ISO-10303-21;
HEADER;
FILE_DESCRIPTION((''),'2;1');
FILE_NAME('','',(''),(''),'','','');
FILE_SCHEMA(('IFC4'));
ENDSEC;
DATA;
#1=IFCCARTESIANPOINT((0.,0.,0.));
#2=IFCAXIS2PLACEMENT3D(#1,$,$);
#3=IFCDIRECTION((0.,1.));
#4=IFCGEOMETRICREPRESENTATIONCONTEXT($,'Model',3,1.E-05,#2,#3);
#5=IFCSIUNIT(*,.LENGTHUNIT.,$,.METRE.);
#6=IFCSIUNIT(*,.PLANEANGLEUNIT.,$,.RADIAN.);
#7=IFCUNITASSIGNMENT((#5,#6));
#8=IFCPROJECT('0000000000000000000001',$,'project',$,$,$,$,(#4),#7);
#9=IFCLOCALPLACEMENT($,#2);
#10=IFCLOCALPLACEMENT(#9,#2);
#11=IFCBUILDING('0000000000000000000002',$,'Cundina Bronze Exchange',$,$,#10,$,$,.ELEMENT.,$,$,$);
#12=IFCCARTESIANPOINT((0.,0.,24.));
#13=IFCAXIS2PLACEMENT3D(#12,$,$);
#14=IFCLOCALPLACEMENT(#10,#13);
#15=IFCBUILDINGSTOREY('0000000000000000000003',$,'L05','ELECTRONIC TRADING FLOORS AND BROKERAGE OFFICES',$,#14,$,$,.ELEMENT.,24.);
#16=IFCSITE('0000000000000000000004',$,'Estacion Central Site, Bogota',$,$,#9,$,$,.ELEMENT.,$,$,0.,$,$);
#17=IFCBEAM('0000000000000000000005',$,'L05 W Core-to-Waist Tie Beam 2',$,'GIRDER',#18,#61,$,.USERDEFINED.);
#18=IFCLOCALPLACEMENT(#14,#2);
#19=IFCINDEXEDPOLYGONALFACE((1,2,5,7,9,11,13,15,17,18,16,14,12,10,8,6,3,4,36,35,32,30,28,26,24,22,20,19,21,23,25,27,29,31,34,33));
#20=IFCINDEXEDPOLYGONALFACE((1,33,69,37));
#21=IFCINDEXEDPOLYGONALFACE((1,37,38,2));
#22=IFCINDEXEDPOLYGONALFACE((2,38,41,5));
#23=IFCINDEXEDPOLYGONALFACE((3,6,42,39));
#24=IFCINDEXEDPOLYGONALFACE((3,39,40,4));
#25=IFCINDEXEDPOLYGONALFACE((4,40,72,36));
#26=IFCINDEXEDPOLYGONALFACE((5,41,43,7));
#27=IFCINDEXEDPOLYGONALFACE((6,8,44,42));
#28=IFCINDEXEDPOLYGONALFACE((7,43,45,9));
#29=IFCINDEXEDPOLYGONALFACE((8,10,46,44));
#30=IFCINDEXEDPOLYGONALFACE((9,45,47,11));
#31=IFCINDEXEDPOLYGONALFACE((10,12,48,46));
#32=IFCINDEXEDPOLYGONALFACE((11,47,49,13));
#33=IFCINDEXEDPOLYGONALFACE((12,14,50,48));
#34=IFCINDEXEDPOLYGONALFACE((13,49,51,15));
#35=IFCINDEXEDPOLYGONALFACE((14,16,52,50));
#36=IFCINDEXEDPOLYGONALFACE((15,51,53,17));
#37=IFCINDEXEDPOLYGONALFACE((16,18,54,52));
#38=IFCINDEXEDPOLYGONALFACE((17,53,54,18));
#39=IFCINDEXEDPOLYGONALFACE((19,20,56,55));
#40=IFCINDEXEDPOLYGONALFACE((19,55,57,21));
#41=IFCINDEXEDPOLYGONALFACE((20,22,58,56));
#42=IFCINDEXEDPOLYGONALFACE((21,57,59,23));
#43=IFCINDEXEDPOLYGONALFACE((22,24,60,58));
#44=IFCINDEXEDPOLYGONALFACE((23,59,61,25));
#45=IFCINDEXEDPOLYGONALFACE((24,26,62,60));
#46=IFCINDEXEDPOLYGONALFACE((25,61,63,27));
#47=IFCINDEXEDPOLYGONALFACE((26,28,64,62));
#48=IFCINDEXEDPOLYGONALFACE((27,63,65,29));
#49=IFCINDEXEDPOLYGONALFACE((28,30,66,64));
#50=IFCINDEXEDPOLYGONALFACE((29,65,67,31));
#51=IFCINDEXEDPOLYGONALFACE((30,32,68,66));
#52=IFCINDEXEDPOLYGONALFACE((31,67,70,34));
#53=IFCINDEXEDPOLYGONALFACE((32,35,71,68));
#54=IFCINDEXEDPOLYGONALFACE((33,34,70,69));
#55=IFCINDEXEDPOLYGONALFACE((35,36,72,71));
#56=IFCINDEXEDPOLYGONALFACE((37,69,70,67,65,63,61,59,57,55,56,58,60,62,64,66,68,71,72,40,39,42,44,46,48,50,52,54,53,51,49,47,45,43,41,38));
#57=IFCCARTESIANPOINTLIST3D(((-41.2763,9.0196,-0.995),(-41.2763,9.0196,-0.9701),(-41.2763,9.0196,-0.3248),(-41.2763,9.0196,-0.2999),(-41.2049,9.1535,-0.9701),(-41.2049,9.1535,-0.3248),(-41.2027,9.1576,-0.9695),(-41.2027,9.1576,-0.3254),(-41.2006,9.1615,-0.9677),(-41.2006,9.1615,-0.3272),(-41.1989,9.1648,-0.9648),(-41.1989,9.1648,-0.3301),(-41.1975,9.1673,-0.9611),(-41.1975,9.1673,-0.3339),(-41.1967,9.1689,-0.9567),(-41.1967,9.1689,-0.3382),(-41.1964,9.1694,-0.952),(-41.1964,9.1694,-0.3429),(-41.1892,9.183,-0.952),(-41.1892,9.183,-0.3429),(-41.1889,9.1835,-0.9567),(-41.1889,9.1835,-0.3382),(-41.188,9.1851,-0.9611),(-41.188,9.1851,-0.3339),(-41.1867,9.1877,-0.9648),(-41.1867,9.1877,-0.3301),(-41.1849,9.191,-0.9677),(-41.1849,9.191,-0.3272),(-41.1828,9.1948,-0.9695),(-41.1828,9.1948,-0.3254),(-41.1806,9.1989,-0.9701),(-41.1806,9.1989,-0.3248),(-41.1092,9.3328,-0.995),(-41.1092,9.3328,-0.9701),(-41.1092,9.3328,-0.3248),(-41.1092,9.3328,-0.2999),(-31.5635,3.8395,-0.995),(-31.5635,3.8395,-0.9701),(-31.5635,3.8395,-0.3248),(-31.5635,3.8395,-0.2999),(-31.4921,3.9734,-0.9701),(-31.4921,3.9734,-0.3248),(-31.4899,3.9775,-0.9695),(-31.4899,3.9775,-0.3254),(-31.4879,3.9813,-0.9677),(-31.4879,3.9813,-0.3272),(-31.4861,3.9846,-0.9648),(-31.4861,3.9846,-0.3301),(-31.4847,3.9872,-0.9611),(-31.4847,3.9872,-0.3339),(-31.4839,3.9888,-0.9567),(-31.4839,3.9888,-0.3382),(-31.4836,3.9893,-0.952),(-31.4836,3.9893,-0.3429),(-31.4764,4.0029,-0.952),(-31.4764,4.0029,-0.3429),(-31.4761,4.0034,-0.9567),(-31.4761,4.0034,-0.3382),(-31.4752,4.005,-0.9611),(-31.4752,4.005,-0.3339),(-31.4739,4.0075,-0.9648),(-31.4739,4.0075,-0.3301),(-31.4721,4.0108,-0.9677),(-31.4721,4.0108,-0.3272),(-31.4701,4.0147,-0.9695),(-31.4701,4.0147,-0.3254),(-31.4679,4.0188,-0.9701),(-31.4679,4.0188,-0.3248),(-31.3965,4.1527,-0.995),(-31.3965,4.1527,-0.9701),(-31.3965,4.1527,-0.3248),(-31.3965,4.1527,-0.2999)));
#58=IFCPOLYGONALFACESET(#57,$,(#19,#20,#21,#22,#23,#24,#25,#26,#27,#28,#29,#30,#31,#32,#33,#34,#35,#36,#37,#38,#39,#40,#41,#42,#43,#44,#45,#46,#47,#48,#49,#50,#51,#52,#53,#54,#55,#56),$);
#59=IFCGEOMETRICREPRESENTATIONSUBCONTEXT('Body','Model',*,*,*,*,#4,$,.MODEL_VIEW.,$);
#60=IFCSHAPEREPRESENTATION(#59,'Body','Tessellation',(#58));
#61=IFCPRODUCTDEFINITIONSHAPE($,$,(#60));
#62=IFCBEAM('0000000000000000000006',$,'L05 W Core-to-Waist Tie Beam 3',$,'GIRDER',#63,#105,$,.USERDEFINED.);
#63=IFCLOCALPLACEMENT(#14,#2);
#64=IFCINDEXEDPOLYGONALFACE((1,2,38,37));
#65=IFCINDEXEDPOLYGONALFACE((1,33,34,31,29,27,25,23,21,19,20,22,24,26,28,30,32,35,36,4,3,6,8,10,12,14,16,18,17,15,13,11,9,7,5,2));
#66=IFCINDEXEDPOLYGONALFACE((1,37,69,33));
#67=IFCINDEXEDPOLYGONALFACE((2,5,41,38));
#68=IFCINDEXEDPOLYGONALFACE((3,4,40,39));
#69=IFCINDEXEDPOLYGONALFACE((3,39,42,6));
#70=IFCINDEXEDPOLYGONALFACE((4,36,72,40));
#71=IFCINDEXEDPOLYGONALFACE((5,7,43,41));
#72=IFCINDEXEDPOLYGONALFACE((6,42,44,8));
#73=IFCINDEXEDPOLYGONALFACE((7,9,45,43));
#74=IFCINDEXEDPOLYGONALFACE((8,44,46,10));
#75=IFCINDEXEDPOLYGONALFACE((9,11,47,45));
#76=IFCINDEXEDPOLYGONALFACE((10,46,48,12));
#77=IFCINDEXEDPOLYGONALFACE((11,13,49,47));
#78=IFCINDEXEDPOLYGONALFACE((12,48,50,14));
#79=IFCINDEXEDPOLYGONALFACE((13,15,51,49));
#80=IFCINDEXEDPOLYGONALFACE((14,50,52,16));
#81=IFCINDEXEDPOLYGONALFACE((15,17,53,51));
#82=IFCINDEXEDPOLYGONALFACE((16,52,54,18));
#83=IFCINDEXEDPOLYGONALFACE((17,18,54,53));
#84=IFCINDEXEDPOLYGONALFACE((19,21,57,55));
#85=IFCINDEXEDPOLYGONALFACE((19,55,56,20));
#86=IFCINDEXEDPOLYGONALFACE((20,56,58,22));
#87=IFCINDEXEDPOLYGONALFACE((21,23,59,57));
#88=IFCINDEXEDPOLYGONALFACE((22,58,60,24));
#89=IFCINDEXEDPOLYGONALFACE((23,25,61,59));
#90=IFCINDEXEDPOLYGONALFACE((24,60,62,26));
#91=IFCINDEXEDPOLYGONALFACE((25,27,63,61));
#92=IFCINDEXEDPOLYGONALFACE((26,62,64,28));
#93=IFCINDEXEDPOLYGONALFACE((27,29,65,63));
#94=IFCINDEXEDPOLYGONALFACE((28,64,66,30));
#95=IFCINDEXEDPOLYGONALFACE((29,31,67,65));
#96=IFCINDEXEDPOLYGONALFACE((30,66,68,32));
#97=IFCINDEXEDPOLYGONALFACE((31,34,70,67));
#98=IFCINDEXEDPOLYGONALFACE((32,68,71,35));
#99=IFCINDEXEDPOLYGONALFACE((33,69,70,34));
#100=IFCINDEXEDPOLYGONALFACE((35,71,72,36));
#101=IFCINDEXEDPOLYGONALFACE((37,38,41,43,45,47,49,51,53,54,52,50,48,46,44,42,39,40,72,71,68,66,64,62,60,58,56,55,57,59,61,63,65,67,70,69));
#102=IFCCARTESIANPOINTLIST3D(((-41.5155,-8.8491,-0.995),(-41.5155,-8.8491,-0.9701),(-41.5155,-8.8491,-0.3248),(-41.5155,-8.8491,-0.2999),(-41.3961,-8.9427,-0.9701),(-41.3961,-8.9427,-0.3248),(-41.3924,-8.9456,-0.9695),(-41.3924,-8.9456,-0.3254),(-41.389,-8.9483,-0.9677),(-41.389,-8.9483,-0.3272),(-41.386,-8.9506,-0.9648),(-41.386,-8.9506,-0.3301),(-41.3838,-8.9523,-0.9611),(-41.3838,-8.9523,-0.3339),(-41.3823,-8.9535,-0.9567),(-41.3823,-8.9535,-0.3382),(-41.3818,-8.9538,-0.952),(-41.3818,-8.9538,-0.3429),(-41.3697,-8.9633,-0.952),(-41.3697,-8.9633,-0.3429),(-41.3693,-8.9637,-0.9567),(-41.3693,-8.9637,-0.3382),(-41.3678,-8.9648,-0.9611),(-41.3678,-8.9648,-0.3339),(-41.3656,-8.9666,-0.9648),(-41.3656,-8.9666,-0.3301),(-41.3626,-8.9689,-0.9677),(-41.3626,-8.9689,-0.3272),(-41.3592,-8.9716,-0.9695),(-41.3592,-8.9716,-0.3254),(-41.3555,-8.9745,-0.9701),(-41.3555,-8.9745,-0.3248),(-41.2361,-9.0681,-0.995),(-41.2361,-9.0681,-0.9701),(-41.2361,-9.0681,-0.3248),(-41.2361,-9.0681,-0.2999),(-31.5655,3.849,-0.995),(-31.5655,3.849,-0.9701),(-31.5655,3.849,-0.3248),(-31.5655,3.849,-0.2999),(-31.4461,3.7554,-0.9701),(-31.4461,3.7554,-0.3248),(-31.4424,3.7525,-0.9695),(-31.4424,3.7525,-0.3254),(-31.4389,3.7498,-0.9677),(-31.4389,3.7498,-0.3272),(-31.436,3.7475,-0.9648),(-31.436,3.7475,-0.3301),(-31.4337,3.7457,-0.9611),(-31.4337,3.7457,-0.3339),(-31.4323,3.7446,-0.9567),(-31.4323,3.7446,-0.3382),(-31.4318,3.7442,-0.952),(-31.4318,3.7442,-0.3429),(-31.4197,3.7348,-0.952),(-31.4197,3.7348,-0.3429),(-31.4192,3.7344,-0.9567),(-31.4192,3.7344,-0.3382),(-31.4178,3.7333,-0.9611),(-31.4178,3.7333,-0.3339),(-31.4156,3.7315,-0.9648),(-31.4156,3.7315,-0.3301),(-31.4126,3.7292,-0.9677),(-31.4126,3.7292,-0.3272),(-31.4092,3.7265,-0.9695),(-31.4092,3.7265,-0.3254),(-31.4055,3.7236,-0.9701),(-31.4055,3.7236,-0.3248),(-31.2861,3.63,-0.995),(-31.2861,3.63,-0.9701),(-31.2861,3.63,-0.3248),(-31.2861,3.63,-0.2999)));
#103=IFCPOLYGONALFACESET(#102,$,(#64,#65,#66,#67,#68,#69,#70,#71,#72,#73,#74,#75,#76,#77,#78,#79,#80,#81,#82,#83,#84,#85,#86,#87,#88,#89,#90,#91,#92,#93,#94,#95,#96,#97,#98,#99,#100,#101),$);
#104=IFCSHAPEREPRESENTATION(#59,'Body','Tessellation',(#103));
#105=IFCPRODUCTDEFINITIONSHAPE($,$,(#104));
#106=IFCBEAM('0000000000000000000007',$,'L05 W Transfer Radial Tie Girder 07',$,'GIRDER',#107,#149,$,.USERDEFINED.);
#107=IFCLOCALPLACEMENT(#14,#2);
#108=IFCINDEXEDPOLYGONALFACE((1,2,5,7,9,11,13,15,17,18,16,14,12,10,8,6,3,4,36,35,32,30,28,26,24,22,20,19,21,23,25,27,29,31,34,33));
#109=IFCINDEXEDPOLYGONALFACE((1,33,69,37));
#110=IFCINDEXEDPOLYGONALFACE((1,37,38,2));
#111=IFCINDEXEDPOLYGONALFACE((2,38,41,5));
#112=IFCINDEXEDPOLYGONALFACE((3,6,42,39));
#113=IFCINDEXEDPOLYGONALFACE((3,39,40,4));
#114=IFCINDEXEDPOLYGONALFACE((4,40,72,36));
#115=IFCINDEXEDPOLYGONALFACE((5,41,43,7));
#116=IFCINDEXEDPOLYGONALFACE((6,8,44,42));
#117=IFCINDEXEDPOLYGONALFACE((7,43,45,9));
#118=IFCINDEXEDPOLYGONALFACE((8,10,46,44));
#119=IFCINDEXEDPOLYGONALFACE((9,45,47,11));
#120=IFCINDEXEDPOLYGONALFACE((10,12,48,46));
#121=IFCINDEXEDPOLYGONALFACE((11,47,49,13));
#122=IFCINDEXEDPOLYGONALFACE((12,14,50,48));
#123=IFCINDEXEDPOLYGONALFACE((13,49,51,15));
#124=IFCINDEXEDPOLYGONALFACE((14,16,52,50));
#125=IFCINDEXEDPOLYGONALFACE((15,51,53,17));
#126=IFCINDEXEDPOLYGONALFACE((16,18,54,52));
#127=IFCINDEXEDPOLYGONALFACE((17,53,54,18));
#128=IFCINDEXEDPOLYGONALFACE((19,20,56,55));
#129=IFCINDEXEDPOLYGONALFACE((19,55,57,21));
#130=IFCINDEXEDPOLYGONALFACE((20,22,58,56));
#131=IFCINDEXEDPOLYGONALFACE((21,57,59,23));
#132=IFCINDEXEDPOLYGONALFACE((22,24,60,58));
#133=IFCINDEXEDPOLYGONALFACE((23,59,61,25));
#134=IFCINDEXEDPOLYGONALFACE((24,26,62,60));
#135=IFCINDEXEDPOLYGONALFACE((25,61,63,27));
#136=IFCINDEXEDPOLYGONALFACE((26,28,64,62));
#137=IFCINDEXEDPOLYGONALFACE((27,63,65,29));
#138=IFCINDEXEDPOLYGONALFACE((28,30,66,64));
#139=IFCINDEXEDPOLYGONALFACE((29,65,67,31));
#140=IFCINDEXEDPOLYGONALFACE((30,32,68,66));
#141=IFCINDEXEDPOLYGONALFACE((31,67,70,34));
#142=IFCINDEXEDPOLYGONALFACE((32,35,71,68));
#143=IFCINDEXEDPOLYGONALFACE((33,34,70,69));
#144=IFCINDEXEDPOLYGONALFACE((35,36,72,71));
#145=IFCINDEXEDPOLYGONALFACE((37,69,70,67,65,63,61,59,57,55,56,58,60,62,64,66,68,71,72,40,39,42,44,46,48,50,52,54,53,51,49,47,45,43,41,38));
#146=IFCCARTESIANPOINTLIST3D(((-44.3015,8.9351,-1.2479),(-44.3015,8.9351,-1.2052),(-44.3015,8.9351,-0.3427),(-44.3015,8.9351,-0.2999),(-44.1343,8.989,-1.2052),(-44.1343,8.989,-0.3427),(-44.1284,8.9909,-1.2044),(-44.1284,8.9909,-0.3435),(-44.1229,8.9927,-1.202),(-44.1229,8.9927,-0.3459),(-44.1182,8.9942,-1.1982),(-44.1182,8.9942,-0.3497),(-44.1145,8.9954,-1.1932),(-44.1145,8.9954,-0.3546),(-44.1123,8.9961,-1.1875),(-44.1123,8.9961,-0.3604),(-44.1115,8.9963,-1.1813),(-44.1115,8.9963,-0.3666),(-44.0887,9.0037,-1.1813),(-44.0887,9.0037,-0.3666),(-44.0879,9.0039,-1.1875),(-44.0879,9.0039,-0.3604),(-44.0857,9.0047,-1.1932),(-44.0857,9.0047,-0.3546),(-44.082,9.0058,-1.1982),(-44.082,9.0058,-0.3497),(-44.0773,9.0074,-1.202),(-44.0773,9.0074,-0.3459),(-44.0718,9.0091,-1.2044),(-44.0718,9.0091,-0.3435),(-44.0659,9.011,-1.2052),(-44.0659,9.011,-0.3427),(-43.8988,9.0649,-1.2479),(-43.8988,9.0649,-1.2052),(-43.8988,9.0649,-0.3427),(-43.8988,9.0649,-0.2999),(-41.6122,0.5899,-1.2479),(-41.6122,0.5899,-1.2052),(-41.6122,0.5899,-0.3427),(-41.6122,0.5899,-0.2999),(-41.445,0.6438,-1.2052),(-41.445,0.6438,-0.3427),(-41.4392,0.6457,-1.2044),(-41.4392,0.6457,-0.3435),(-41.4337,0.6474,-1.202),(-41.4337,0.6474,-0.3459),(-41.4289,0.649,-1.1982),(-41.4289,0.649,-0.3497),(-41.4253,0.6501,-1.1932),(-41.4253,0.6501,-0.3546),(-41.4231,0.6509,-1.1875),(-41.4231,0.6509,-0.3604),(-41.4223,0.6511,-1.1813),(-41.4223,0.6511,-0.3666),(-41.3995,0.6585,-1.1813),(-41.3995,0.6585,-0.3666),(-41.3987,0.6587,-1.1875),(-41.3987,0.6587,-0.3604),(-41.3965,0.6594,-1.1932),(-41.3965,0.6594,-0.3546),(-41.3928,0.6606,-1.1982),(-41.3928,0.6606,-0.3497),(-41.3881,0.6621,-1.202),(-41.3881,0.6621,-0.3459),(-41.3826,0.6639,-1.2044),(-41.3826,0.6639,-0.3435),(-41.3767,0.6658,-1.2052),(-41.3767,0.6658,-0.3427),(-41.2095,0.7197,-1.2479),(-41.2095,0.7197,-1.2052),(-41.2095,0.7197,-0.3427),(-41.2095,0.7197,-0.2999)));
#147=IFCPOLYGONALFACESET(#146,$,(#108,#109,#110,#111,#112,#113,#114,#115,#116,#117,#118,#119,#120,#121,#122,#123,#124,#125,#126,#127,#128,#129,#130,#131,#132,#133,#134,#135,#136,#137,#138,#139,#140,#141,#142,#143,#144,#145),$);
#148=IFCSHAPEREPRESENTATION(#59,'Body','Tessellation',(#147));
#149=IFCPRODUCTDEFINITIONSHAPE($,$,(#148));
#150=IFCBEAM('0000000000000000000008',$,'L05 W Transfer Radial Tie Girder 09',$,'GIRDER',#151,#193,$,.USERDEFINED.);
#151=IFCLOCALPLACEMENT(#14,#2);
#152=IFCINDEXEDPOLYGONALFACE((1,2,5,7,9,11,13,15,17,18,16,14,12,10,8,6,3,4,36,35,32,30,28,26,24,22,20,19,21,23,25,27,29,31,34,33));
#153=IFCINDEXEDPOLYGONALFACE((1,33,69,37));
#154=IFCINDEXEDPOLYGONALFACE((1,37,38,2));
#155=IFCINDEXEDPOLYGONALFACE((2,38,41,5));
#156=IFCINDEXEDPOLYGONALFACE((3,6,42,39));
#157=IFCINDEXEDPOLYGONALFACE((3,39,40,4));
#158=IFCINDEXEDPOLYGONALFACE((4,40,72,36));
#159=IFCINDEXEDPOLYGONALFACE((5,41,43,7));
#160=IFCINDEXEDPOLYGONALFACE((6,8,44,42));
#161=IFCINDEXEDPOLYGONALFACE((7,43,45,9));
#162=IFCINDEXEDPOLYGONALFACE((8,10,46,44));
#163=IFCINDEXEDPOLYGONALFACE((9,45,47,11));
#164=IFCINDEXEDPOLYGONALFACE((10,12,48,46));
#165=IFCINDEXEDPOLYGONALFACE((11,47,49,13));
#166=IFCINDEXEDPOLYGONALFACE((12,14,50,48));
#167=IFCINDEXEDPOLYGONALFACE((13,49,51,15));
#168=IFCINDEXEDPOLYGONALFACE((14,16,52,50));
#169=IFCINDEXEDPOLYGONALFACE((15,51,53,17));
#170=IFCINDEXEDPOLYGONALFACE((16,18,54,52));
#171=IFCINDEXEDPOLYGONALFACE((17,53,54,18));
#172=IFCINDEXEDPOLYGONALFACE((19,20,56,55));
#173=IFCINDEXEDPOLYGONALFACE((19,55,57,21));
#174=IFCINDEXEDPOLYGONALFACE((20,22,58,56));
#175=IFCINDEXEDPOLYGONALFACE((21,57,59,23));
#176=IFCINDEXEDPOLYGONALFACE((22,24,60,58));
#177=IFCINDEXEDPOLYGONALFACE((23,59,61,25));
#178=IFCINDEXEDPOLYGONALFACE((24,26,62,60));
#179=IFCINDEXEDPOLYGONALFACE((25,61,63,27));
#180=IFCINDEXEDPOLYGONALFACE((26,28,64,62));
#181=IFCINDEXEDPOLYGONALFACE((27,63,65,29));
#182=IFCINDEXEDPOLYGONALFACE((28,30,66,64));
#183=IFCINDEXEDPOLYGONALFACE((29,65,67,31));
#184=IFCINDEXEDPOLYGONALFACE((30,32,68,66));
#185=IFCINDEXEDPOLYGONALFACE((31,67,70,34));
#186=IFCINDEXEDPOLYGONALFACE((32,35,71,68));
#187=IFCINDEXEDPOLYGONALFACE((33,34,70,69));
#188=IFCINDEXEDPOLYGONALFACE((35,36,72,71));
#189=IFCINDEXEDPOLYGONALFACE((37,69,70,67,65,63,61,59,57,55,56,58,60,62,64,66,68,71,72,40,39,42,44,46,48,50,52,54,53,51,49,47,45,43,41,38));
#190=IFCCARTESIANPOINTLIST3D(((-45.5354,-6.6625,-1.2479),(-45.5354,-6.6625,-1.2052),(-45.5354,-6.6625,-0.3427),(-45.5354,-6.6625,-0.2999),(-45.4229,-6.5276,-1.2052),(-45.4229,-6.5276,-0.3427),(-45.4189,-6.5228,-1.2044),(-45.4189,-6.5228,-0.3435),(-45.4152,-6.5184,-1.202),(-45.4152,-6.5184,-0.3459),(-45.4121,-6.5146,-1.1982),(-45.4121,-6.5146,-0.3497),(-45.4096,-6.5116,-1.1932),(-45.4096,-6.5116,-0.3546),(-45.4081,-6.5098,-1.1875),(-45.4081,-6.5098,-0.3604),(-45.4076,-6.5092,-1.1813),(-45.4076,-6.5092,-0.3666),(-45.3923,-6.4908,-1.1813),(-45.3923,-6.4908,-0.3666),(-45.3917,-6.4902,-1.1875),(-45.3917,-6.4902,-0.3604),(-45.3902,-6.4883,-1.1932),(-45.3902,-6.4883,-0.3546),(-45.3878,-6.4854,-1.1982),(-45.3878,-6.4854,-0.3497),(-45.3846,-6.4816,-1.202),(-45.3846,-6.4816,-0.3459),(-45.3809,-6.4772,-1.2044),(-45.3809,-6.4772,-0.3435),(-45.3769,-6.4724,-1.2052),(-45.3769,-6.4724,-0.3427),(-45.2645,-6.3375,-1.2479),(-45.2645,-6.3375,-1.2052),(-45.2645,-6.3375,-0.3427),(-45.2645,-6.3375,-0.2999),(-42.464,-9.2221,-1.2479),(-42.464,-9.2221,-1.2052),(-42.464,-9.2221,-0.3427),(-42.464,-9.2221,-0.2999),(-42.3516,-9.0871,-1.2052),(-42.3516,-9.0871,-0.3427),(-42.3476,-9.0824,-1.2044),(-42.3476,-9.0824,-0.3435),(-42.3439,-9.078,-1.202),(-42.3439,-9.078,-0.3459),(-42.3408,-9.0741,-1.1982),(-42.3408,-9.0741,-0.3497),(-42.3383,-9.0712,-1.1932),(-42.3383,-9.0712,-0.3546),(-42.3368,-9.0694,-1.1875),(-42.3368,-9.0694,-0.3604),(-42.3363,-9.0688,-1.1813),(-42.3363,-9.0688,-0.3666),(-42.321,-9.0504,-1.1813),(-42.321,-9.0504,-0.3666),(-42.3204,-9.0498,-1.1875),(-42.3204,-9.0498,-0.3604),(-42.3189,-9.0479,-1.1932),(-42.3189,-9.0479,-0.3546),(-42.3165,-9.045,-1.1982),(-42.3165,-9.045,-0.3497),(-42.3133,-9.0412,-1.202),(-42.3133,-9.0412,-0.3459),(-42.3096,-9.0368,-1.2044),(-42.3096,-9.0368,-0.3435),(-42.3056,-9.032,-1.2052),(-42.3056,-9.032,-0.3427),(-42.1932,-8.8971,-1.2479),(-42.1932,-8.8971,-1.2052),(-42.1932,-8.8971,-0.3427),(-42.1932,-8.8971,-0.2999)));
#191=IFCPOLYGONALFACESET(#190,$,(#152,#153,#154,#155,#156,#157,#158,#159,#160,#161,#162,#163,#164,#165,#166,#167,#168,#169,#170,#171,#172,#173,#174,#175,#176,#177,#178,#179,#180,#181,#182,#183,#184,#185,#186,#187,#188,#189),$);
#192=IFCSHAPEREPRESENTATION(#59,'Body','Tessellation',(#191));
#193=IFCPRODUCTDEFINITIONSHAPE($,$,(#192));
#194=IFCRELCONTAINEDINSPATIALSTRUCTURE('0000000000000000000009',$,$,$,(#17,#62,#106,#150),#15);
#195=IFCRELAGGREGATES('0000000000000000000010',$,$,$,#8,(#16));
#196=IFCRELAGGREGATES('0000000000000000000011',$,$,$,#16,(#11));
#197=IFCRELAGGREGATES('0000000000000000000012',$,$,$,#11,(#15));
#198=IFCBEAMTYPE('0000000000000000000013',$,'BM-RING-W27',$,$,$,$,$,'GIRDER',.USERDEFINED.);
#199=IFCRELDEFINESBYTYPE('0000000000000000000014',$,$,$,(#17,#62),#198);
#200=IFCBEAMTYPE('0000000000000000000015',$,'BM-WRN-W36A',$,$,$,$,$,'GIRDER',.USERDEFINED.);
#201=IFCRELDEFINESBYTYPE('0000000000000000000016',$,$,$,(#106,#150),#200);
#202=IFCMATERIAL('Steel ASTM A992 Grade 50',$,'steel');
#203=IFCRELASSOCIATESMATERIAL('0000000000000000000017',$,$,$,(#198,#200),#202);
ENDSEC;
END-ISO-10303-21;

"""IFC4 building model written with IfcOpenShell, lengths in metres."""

from ifc_helpers import new_model, si_unit, direction, frame, origin, origin_2d, place, context, subcontext, project, spatial, i_section, extrude, material, material_profile, profile_set, type_object, element, save


model = new_model("IFC4")

# Units and contexts
model_context = context("Model", 3, precision=1e-05, world=origin(), true_north=direction((0.0, 1.0)))
body_context = subcontext(model_context, "Body", "Model", "MODEL_VIEW")
ifc_project = project(units=[si_unit("LENGTHUNIT", "METRE"), si_unit("PLANEANGLEUNIT", "RADIAN")], contexts=[model_context])

# Site, building, storey
site_placement = place(None, origin())
site = spatial("IfcSite", under=ifc_project, at=site_placement, Name="Estacion Central Site, Bogota", CompositionType="ELEMENT", RefElevation=0.0)
building_placement = place(site_placement, origin())
building = spatial("IfcBuilding", under=site, at=building_placement, Name="Cundina Bronze Exchange", CompositionType="ELEMENT")
storey_placement = place(building_placement, frame((0.0, 0.0, 24.0)))
storey = spatial("IfcBuildingStorey", under=building, at=storey_placement, Name="L05", Description="ELECTRONIC TRADING FLOORS AND BROKERAGE OFFICES", CompositionType="ELEMENT", Elevation=24.0)

# Shared definitions
ifc_material_1 = material(Name="Steel ASTM A992 Grade 50", Category="steel")

# Beams
ifc_material_profile_1 = material_profile(ifc_material_1, i_section(OverallWidth=0.355, OverallDepth=0.6951, WebThickness=0.0154, FlangeThickness=0.0249, FilletRadius=0.0181, at=origin_2d()), Name="W27X146", Category="steel")
ifc_profile_set_1 = profile_set([ifc_material_profile_1], Name="Steel ASTM A992 Grade 50")
beam_type_1 = type_object("IfcBeamType", Name="BM-RING-W27", ElementType="GIRDER", PredefinedType="USERDEFINED", material=ifc_profile_set_1)
beam_1_placement = place(storey_placement, frame((-31.48, 3.9961, -0.6475), z_axis=(-0.882354, 0.470586, 0.0), x_axis=(-0.470586, -0.882354, 0.0)))
element("IfcBeam", 1, at=beam_1_placement, inside=storey, type_object=beam_type_1, Name="L05 W Core-to-Waist Tie Beam 2", ObjectType="GIRDER", PredefinedType="USERDEFINED", context=body_context, shape_type="SweptSolid", body=[
    extrude(i_section(OverallWidth=0.355, OverallDepth=0.6951, WebThickness=0.0154, FlangeThickness=0.0249, FilletRadius=0.0181, at=origin_2d()), origin(), (0.0, 0.0, 1.0), 11.0078),
])
beam_2_placement = place(storey_placement, frame((-31.4258, 3.7395, -0.6475), z_axis=(-0.616784, -0.787132, 0.0), x_axis=(0.787132, -0.616784, 0.0)))
element("IfcBeam", 2, at=beam_2_placement, inside=storey, type_object=beam_type_1, Name="L05 W Core-to-Waist Tie Beam 3", ObjectType="GIRDER", PredefinedType="USERDEFINED", context=body_context, shape_type="SweptSolid", body=[
    extrude(i_section(OverallWidth=0.355, OverallDepth=0.6951, WebThickness=0.0154, FlangeThickness=0.0249, FilletRadius=0.0181, at=origin_2d()), origin(), (0.0, 0.0, 1.0), 16.1321),
])
ifc_material_profile_2 = material_profile(ifc_material_1, i_section(OverallWidth=0.4231, OverallDepth=0.948, WebThickness=0.0239, FlangeThickness=0.0427, FilletRadius=0.0239, at=origin_2d()), Name="W36X302", Category="steel")
ifc_profile_set_2 = profile_set([ifc_material_profile_2], Name="Steel ASTM A992 Grade 50")
beam_type_2 = type_object("IfcBeamType", Name="BM-WRN-W36A", ElementType="GIRDER", PredefinedType="USERDEFINED", material=ifc_profile_set_2)
beam_3_placement = place(storey_placement, frame((-41.4109, 0.6548, -0.7739), z_axis=(-0.306714, 0.951802, 0.0), x_axis=(-0.951802, -0.306714, 0.0)))
element("IfcBeam", 3, at=beam_3_placement, inside=storey, type_object=beam_type_2, Name="L05 W Transfer Radial Tie Girder 07", ObjectType="GIRDER", PredefinedType="USERDEFINED", context=body_context, shape_type="SweptSolid", body=[
    extrude(i_section(OverallWidth=0.4231, OverallDepth=0.948, WebThickness=0.0239, FlangeThickness=0.0427, FilletRadius=0.0239, at=origin_2d()), origin(), (0.0, 0.0, 1.0), 8.7678),
])
beam_4_placement = place(storey_placement, frame((-42.3286, -9.0596, -0.7739), z_axis=(-0.768201, 0.640208, 0.0), x_axis=(-0.640208, -0.768201, 0.0)))
element("IfcBeam", 4, at=beam_4_placement, inside=storey, type_object=beam_type_2, Name="L05 W Transfer Radial Tie Girder 09", ObjectType="GIRDER", PredefinedType="USERDEFINED", context=body_context, shape_type="SweptSolid", body=[
    extrude(i_section(OverallWidth=0.4231, OverallDepth=0.948, WebThickness=0.0239, FlangeThickness=0.0427, FilletRadius=0.0239, at=origin_2d()), origin(), (0.0, 0.0, 1.0), 3.998),
])

save(model, "model.ifc")
